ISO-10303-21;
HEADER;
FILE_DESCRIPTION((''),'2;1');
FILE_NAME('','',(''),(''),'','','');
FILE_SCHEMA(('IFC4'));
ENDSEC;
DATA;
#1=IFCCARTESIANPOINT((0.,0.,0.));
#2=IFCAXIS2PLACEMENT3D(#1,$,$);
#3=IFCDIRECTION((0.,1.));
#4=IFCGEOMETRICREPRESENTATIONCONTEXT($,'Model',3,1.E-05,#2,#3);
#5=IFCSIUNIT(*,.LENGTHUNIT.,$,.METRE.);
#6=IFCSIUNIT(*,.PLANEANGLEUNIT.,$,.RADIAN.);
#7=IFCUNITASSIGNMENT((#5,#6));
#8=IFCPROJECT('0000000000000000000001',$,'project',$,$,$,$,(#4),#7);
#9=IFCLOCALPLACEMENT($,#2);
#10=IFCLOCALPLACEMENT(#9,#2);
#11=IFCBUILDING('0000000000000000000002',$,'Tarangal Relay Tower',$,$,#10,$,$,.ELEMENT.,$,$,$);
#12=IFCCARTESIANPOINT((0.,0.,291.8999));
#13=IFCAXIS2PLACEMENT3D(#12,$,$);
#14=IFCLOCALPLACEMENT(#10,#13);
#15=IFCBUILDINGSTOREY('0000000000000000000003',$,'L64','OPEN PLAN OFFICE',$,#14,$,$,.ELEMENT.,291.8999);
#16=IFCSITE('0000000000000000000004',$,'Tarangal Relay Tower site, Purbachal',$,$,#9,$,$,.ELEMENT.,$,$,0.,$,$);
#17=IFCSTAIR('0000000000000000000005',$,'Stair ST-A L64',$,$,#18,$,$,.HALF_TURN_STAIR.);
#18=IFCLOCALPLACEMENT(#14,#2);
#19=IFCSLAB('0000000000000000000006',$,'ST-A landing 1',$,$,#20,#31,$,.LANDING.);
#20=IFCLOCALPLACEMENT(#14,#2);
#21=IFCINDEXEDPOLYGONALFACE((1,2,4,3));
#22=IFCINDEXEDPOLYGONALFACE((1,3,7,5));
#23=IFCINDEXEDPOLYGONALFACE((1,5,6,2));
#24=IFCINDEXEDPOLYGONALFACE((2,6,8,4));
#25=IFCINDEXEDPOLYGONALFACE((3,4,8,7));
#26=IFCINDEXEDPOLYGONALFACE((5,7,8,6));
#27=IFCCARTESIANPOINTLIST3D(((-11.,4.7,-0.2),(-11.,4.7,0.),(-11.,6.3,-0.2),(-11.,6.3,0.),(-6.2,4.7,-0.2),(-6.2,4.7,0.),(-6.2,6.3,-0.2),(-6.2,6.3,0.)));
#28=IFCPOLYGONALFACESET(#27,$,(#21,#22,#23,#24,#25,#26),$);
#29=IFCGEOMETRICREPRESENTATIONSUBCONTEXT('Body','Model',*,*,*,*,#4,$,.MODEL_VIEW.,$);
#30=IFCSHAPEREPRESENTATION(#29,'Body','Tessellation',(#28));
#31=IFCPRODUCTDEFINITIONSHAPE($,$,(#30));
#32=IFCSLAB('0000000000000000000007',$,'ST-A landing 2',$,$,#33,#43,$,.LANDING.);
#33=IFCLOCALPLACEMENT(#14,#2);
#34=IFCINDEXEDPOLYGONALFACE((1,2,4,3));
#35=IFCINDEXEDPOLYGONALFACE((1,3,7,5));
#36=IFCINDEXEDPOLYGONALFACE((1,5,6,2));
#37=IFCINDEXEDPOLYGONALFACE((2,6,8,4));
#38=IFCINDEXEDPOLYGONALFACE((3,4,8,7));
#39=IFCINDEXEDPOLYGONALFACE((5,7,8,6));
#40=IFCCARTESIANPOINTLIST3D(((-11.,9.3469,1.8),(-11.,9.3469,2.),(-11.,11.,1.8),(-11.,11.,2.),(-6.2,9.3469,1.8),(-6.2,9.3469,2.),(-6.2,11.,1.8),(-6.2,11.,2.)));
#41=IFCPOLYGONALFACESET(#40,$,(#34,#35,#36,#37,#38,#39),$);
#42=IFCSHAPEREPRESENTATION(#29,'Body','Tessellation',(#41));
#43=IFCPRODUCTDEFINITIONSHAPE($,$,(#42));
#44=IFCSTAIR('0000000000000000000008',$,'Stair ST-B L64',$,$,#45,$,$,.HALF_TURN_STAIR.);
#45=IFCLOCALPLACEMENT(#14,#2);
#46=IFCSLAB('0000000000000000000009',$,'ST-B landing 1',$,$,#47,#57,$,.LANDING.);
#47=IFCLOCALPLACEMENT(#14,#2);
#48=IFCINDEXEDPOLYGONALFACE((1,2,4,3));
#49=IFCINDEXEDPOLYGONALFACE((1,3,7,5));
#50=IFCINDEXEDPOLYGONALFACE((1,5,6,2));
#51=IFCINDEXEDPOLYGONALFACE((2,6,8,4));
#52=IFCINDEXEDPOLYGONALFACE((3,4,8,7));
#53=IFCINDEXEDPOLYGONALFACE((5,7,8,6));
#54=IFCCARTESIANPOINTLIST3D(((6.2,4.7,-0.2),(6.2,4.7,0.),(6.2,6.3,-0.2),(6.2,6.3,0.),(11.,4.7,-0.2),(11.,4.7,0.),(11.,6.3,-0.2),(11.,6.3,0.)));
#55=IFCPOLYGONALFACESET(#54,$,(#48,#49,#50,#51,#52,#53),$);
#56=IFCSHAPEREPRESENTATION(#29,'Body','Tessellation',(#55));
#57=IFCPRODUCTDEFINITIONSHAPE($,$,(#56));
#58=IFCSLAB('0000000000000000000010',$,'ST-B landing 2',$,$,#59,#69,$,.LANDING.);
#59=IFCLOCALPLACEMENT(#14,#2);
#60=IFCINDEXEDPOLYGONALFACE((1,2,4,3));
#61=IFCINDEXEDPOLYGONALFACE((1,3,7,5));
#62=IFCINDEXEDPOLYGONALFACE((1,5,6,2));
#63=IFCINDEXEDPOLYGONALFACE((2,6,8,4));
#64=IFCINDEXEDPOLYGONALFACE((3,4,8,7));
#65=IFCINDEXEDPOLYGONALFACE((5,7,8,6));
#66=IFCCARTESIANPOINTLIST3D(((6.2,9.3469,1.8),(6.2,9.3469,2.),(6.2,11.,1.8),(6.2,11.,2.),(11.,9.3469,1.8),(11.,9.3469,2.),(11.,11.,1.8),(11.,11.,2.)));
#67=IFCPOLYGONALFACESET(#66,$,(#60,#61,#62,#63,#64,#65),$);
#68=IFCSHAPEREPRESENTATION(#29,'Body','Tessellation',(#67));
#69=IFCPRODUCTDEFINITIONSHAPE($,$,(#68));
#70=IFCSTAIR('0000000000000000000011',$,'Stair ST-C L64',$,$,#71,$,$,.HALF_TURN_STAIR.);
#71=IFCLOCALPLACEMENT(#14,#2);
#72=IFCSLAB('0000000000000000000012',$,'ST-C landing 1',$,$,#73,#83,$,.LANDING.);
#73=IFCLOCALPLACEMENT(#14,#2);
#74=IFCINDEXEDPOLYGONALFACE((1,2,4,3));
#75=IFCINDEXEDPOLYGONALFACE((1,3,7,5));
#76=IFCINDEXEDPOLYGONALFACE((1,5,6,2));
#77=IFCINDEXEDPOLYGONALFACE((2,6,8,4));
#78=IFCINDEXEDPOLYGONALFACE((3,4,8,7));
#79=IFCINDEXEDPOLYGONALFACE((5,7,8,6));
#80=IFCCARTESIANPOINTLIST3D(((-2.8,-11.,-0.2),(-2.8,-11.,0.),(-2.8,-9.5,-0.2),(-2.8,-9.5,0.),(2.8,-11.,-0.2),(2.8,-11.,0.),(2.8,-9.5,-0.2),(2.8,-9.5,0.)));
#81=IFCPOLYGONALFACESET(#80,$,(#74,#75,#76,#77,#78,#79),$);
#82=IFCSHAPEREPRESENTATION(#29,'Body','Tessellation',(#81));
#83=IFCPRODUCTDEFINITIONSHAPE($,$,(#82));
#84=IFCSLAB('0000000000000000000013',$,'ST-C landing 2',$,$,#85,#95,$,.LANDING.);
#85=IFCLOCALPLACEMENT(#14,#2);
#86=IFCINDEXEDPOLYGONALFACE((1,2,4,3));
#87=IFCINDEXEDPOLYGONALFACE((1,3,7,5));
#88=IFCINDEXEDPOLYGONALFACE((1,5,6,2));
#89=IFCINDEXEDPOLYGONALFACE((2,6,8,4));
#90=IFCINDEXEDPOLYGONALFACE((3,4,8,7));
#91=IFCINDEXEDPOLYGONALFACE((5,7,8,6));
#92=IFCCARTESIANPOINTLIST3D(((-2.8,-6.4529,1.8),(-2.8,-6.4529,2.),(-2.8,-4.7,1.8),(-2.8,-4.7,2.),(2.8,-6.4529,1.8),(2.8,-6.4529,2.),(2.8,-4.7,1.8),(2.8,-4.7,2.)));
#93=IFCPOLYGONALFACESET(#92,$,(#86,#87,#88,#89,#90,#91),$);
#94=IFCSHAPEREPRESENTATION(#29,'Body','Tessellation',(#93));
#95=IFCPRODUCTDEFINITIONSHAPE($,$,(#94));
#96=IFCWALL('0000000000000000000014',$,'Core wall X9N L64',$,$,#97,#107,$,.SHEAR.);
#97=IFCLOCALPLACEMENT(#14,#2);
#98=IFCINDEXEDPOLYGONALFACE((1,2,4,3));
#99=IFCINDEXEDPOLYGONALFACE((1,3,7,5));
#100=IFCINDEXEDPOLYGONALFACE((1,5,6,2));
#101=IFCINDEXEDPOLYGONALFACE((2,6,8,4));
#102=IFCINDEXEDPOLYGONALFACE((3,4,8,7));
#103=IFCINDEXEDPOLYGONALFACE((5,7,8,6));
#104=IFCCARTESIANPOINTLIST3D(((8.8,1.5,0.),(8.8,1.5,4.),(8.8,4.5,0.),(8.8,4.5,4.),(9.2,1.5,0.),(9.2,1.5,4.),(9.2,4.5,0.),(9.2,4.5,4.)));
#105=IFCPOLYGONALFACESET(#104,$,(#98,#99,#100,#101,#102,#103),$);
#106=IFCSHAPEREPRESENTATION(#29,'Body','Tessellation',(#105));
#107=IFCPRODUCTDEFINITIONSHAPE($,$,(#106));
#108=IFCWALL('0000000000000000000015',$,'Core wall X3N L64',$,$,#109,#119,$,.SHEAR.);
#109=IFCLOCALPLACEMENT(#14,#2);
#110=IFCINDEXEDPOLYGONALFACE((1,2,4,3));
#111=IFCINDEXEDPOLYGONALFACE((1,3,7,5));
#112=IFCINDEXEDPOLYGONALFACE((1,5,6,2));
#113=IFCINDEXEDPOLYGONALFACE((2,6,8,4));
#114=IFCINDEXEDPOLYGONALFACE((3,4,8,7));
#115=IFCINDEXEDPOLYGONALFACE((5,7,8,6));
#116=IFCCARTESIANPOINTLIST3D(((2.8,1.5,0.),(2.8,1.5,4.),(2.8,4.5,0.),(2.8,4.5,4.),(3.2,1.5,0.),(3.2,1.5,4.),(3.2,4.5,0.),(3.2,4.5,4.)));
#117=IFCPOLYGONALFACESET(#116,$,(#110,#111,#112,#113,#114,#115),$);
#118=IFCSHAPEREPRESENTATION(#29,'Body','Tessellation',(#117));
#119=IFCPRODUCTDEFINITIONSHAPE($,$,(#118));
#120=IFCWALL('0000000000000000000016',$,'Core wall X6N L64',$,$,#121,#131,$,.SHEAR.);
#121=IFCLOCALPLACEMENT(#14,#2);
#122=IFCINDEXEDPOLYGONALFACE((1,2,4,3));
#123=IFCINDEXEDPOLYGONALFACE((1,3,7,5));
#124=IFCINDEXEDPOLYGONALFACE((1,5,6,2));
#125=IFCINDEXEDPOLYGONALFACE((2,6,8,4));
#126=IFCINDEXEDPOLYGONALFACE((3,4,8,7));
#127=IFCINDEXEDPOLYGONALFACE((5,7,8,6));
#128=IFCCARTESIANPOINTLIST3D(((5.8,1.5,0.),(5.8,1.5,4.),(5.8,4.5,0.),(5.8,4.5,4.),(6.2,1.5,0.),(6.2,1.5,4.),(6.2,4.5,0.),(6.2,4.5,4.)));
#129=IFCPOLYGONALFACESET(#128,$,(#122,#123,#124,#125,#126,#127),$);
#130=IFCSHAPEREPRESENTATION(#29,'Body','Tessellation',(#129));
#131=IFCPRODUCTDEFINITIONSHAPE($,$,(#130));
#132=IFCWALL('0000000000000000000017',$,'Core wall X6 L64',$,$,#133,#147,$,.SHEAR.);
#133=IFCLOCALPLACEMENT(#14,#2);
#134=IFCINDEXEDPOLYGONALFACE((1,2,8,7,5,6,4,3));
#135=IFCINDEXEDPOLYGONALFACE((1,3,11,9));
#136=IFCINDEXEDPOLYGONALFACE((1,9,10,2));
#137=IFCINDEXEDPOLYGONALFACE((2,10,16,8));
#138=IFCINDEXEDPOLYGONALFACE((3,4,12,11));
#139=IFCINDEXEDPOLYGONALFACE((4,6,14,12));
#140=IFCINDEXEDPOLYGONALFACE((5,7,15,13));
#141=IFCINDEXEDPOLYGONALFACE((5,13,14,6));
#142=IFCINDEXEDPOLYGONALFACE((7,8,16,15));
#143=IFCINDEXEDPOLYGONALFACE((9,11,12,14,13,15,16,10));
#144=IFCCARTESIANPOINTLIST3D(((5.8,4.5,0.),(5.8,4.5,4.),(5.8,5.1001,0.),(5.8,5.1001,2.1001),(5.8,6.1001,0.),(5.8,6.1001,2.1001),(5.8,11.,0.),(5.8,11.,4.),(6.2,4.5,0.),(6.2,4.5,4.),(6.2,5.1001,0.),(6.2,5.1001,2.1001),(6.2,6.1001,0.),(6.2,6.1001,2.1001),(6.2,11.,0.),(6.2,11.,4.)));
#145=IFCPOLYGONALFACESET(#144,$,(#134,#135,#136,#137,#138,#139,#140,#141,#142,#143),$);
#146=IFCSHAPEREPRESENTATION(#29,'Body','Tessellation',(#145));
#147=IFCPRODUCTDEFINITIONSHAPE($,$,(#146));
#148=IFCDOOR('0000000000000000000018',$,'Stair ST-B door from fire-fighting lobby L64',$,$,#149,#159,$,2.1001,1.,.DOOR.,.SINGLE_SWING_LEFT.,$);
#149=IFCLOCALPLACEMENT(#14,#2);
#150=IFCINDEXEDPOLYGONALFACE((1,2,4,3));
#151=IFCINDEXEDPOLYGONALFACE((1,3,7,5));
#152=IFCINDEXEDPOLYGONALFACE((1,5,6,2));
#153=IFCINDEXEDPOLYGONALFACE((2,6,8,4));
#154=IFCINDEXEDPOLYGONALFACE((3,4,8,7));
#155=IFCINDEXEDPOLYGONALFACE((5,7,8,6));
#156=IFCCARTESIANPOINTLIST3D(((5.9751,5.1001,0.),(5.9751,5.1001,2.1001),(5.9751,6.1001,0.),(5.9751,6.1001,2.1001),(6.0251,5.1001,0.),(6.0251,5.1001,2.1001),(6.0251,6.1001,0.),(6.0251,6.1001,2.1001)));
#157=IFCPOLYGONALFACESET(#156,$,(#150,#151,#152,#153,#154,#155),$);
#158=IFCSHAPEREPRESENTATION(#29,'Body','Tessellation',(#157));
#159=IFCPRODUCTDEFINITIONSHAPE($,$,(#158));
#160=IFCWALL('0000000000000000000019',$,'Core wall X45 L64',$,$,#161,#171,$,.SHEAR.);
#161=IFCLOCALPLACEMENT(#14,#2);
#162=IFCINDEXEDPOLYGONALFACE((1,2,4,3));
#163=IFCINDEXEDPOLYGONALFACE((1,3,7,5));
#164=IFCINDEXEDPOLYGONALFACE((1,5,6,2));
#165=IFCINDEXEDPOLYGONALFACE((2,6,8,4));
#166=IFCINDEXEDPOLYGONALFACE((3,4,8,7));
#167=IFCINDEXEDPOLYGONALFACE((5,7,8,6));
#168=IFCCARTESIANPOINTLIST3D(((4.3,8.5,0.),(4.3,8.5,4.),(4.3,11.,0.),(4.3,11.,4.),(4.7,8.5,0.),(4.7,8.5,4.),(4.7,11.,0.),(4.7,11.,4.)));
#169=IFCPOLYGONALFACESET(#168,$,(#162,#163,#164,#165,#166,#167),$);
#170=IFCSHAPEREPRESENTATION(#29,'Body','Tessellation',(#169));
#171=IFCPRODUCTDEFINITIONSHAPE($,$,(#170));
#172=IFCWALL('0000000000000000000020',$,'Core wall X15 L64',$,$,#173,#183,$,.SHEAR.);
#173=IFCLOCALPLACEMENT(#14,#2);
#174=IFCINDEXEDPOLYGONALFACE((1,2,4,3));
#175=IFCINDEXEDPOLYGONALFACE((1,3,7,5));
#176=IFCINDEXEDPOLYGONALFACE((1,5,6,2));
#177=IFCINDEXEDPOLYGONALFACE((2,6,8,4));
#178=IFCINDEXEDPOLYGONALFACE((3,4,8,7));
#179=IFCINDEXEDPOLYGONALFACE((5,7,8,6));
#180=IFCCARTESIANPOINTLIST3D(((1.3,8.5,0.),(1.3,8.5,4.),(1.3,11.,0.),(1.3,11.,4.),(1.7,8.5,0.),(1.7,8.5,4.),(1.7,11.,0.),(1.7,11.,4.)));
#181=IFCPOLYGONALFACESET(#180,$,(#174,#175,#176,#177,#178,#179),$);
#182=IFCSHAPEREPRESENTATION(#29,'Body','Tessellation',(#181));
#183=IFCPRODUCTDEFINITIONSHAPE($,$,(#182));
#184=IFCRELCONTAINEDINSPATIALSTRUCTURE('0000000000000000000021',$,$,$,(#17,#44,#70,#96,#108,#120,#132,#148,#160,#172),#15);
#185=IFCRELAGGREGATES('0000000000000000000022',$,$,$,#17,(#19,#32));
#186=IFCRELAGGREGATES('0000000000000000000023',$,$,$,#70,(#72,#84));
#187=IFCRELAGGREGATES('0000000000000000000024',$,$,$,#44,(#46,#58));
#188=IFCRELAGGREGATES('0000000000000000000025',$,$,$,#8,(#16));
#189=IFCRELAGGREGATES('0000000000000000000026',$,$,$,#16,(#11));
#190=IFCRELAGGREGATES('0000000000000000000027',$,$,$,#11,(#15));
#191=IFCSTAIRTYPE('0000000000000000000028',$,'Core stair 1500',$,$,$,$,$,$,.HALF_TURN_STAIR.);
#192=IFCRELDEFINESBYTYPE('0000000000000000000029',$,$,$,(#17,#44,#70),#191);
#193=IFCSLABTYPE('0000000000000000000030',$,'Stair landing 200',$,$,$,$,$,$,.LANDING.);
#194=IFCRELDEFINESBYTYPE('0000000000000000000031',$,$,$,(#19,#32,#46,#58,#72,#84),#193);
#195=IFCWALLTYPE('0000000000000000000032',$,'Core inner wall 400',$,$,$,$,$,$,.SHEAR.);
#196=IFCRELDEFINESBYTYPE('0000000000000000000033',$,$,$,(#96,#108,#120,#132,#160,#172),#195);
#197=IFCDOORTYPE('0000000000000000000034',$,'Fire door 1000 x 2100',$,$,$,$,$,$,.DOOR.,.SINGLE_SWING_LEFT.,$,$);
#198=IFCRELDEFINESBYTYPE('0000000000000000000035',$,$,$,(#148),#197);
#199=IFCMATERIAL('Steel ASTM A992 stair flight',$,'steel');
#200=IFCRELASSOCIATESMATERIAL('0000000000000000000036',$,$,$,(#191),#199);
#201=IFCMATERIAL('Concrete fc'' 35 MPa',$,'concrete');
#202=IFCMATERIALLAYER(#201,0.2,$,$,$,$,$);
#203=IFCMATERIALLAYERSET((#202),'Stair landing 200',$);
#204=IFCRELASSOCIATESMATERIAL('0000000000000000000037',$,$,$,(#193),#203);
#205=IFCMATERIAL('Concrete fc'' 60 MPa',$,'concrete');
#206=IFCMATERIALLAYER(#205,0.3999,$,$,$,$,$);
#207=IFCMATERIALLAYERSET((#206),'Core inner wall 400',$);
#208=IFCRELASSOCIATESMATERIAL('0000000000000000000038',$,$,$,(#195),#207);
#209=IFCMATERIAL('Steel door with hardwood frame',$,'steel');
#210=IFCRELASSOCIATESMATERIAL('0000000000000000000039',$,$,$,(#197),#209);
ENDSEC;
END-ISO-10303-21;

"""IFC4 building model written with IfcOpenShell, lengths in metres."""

from ifc_helpers import new_model, si_unit, direction, frame, frame_2d, origin, place, context, subcontext, project, spatial, polyline, rectangle, outline, extrude, material, layer, layer_set, type_object, element, fill, aggregate, save


model = new_model("IFC4")

# Units and contexts
model_context = context("Model", 3, precision=1e-05, world=origin(), true_north=direction((0.0, 1.0)))
body_context = subcontext(model_context, "Body", "Model", "MODEL_VIEW")
ifc_project = project(units=[si_unit("LENGTHUNIT", "METRE"), si_unit("PLANEANGLEUNIT", "RADIAN")], contexts=[model_context])

# Site, building, storey
site_placement = place(None, origin())
site = spatial("IfcSite", under=ifc_project, at=site_placement, Name="Tarangal Relay Tower site, Purbachal", CompositionType="ELEMENT", RefElevation=0.0)
building_placement = place(site_placement, origin())
building = spatial("IfcBuilding", under=site, at=building_placement, Name="Tarangal Relay Tower", CompositionType="ELEMENT")
storey_placement = place(building_placement, frame((0.0, 0.0, 291.8999)))
storey = spatial("IfcBuildingStorey", under=building, at=storey_placement, Name="L64", Description="OPEN PLAN OFFICE", CompositionType="ELEMENT", Elevation=291.8999)

# Stairs, slabs
ifc_material_1 = material(Name="Steel ASTM A992 stair flight", Category="steel")
stair_type = type_object("IfcStairType", Name="Core stair 1500", PredefinedType="HALF_TURN_STAIR", material=ifc_material_1)
stair_1_placement = place(storey_placement, origin())
stair_1 = element("IfcStair", 1, at=stair_1_placement, inside=storey, type_object=stair_type, Name="Stair ST-A L64", PredefinedType="HALF_TURN_STAIR")
ifc_material_2 = material(Name="Concrete fc' 35 MPa", Category="concrete")
ifc_layer_1 = layer(ifc_material_2, 0.2)
ifc_layer_set_1 = layer_set([ifc_layer_1], Name="Stair landing 200")
slab_type = type_object("IfcSlabType", Name="Stair landing 200", PredefinedType="LANDING", material=ifc_layer_set_1)
slab_1_placement = place(storey_placement, frame((0.0, 0.0, -0.2)))
slab_1 = element("IfcSlab", 2, at=slab_1_placement, type_object=slab_type, Name="ST-A landing 1", PredefinedType="LANDING", context=body_context, shape_type="SweptSolid", body=[
    extrude(outline(polyline([(-11.0, 4.7), (-6.2, 4.7), (-6.2, 6.3), (-11.0, 6.3), (-11.0, 4.7)])), origin(), (0.0, 0.0, 1.0), 0.2),
])
slab_2_placement = place(storey_placement, frame((0.0, 0.0, 1.8)))
slab_2 = element("IfcSlab", 3, at=slab_2_placement, type_object=slab_type, Name="ST-A landing 2", PredefinedType="LANDING", context=body_context, shape_type="SweptSolid", body=[
    extrude(outline(polyline([(-11.0, 9.3469), (-6.2, 9.3469), (-6.2, 11.0), (-11.0, 11.0), (-11.0, 9.3469)])), origin(), (0.0, 0.0, 1.0), 0.2),
])
aggregate(stair_1, [slab_1, slab_2])
stair_2_placement = place(storey_placement, origin())
stair_2 = element("IfcStair", 4, at=stair_2_placement, inside=storey, type_object=stair_type, Name="Stair ST-B L64", PredefinedType="HALF_TURN_STAIR")
slab_3_placement = place(storey_placement, frame((0.0, 0.0, -0.2)))
slab_3 = element("IfcSlab", 5, at=slab_3_placement, type_object=slab_type, Name="ST-B landing 1", PredefinedType="LANDING", context=body_context, shape_type="SweptSolid", body=[
    extrude(outline(polyline([(6.2, 4.7), (11.0, 4.7), (11.0, 6.3), (6.2, 6.3), (6.2, 4.7)])), origin(), (0.0, 0.0, 1.0), 0.2),
])
slab_4_placement = place(storey_placement, frame((0.0, 0.0, 1.8)))
slab_4 = element("IfcSlab", 6, at=slab_4_placement, type_object=slab_type, Name="ST-B landing 2", PredefinedType="LANDING", context=body_context, shape_type="SweptSolid", body=[
    extrude(outline(polyline([(6.2, 9.3469), (11.0, 9.3469), (11.0, 11.0), (6.2, 11.0), (6.2, 9.3469)])), origin(), (0.0, 0.0, 1.0), 0.2),
])
stair_3_placement = place(storey_placement, origin())
stair_3 = element("IfcStair", 7, at=stair_3_placement, inside=storey, type_object=stair_type, Name="Stair ST-C L64", PredefinedType="HALF_TURN_STAIR")
slab_5_placement = place(storey_placement, frame((0.0, 0.0, -0.2)))
slab_5 = element("IfcSlab", 8, at=slab_5_placement, type_object=slab_type, Name="ST-C landing 1", PredefinedType="LANDING", context=body_context, shape_type="SweptSolid", body=[
    extrude(outline(polyline([(-2.8, -11.0), (2.8, -11.0), (2.8, -9.5), (-2.8, -9.5), (-2.8, -11.0)])), origin(), (0.0, 0.0, 1.0), 0.2),
])
slab_6_placement = place(storey_placement, frame((0.0, 0.0, 1.8)))
slab_6 = element("IfcSlab", 9, at=slab_6_placement, type_object=slab_type, Name="ST-C landing 2", PredefinedType="LANDING", context=body_context, shape_type="SweptSolid", body=[
    extrude(outline(polyline([(-2.8, -6.4529), (2.8, -6.4529), (2.8, -4.7), (-2.8, -4.7), (-2.8, -6.4529)])), origin(), (0.0, 0.0, 1.0), 0.2),
])
aggregate(stair_3, [slab_5, slab_6])

# Walls
ifc_material_3 = material(Name="Concrete fc' 60 MPa", Category="concrete")
ifc_layer_2 = layer(ifc_material_3, 0.3999)
ifc_layer_set_2 = layer_set([ifc_layer_2], Name="Core inner wall 400")
wall_type_1 = type_object("IfcWallType", Name="Core inner wall 400", PredefinedType="SHEAR", material=ifc_layer_set_2)
for number, where, z_axis, x_axis, name in (
    (10, (9.0, 1.5, 0.0), (0.0, 0.0, 1.0), (0.0, 1.0, 0.0), "Core wall X9N L64"),
    (11, (3.0, 1.5, 0.0), (0.0, 0.0, 1.0), (0.0, 1.0, 0.0), "Core wall X3N L64"),
    (12, (6.0, 1.5, 0.0), (0.0, 0.0, 1.0), (0.0, 1.0, 0.0), "Core wall X6N L64"),
):
    element("IfcWall", number, at=place(storey_placement, frame(where, z_axis=z_axis, x_axis=x_axis)), inside=storey, type_object=wall_type_1, Name=name, PredefinedType="SHEAR", context=body_context, shape_type="SweptSolid", body=[
        extrude(rectangle(XDim=3.0, YDim=0.3999, at=frame_2d((1.5, 0.0))), origin(), (0.0, 0.0, 1.0), 4.0),
    ])

# Wall, opening, door
wall_1_placement = place(storey_placement, frame((6.0, 4.5, 0.0), z_axis=(0.0, 0.0, 1.0), x_axis=(0.0, 1.0, 0.0)))
wall_1 = element("IfcWall", 13, at=wall_1_placement, inside=storey, type_object=wall_type_1, Name="Core wall X6 L64", PredefinedType="SHEAR", context=body_context, shape_type="SweptSolid", body=[
    extrude(rectangle(XDim=6.5, YDim=0.3999, at=frame_2d((3.25, 0.0))), origin(), (0.0, 0.0, 1.0), 4.0),
])
opening_1_placement = place(wall_1_placement, frame((0.6001, 0.0, 0.0)))
opening_1 = element("IfcOpeningElement", 14, at=opening_1_placement, cuts=wall_1, PredefinedType="OPENING", context=body_context, shape_type="SweptSolid", body=[
    extrude(rectangle(XDim=1.0, YDim=2.1001, at=frame_2d((0.5, 1.05))), frame((0.0, 0.21, 0.0), z_axis=(0.0, -1.0, 0.0), x_axis=(1.0, 0.0, 0.0)), (0.0, 0.0, 1.0), 0.4199),
])
ifc_material_4 = material(Name="Steel door with hardwood frame", Category="steel")
door_type_1 = type_object("IfcDoorType", Name="Fire door 1000 x 2100", OperationType="SINGLE_SWING_LEFT", PredefinedType="DOOR", material=ifc_material_4)
door_1_placement = place(opening_1_placement, origin())
door_1 = element("IfcDoor", 15, at=door_1_placement, inside=storey, type_object=door_type_1, Name="Stair ST-B door from fire-fighting lobby L64", OperationType="SINGLE_SWING_LEFT", OverallHeight=2.1001, OverallWidth=1.0, PredefinedType="DOOR", context=body_context, shape_type="SweptSolid", body=[
    extrude(rectangle(XDim=1.0, YDim=2.1001, at=frame_2d((0.5, 1.05))), frame((0.0, 0.0249, 0.0), z_axis=(0.0, -1.0, 0.0), x_axis=(1.0, 0.0, 0.0)), (0.0, 0.0, 1.0), 0.05),
])
fill(opening_1, door_1)

# Walls
for number, where, z_axis, x_axis, name in (
    (16, (4.5, 8.5, 0.0), (0.0, 0.0, 1.0), (0.0, 1.0, 0.0), "Core wall X45 L64"),
    (17, (1.5, 8.5, 0.0), (0.0, 0.0, 1.0), (0.0, 1.0, 0.0), "Core wall X15 L64"),
):
    element("IfcWall", number, at=place(storey_placement, frame(where, z_axis=z_axis, x_axis=x_axis)), inside=storey, type_object=wall_type_1, Name=name, PredefinedType="SHEAR", context=body_context, shape_type="SweptSolid", body=[
        extrude(rectangle(XDim=2.5, YDim=0.3999, at=frame_2d((1.25, 0.0))), origin(), (0.0, 0.0, 1.0), 4.0),
    ])

aggregate(stair_2, [slab_3, slab_4])

save(model, "model.ifc")
